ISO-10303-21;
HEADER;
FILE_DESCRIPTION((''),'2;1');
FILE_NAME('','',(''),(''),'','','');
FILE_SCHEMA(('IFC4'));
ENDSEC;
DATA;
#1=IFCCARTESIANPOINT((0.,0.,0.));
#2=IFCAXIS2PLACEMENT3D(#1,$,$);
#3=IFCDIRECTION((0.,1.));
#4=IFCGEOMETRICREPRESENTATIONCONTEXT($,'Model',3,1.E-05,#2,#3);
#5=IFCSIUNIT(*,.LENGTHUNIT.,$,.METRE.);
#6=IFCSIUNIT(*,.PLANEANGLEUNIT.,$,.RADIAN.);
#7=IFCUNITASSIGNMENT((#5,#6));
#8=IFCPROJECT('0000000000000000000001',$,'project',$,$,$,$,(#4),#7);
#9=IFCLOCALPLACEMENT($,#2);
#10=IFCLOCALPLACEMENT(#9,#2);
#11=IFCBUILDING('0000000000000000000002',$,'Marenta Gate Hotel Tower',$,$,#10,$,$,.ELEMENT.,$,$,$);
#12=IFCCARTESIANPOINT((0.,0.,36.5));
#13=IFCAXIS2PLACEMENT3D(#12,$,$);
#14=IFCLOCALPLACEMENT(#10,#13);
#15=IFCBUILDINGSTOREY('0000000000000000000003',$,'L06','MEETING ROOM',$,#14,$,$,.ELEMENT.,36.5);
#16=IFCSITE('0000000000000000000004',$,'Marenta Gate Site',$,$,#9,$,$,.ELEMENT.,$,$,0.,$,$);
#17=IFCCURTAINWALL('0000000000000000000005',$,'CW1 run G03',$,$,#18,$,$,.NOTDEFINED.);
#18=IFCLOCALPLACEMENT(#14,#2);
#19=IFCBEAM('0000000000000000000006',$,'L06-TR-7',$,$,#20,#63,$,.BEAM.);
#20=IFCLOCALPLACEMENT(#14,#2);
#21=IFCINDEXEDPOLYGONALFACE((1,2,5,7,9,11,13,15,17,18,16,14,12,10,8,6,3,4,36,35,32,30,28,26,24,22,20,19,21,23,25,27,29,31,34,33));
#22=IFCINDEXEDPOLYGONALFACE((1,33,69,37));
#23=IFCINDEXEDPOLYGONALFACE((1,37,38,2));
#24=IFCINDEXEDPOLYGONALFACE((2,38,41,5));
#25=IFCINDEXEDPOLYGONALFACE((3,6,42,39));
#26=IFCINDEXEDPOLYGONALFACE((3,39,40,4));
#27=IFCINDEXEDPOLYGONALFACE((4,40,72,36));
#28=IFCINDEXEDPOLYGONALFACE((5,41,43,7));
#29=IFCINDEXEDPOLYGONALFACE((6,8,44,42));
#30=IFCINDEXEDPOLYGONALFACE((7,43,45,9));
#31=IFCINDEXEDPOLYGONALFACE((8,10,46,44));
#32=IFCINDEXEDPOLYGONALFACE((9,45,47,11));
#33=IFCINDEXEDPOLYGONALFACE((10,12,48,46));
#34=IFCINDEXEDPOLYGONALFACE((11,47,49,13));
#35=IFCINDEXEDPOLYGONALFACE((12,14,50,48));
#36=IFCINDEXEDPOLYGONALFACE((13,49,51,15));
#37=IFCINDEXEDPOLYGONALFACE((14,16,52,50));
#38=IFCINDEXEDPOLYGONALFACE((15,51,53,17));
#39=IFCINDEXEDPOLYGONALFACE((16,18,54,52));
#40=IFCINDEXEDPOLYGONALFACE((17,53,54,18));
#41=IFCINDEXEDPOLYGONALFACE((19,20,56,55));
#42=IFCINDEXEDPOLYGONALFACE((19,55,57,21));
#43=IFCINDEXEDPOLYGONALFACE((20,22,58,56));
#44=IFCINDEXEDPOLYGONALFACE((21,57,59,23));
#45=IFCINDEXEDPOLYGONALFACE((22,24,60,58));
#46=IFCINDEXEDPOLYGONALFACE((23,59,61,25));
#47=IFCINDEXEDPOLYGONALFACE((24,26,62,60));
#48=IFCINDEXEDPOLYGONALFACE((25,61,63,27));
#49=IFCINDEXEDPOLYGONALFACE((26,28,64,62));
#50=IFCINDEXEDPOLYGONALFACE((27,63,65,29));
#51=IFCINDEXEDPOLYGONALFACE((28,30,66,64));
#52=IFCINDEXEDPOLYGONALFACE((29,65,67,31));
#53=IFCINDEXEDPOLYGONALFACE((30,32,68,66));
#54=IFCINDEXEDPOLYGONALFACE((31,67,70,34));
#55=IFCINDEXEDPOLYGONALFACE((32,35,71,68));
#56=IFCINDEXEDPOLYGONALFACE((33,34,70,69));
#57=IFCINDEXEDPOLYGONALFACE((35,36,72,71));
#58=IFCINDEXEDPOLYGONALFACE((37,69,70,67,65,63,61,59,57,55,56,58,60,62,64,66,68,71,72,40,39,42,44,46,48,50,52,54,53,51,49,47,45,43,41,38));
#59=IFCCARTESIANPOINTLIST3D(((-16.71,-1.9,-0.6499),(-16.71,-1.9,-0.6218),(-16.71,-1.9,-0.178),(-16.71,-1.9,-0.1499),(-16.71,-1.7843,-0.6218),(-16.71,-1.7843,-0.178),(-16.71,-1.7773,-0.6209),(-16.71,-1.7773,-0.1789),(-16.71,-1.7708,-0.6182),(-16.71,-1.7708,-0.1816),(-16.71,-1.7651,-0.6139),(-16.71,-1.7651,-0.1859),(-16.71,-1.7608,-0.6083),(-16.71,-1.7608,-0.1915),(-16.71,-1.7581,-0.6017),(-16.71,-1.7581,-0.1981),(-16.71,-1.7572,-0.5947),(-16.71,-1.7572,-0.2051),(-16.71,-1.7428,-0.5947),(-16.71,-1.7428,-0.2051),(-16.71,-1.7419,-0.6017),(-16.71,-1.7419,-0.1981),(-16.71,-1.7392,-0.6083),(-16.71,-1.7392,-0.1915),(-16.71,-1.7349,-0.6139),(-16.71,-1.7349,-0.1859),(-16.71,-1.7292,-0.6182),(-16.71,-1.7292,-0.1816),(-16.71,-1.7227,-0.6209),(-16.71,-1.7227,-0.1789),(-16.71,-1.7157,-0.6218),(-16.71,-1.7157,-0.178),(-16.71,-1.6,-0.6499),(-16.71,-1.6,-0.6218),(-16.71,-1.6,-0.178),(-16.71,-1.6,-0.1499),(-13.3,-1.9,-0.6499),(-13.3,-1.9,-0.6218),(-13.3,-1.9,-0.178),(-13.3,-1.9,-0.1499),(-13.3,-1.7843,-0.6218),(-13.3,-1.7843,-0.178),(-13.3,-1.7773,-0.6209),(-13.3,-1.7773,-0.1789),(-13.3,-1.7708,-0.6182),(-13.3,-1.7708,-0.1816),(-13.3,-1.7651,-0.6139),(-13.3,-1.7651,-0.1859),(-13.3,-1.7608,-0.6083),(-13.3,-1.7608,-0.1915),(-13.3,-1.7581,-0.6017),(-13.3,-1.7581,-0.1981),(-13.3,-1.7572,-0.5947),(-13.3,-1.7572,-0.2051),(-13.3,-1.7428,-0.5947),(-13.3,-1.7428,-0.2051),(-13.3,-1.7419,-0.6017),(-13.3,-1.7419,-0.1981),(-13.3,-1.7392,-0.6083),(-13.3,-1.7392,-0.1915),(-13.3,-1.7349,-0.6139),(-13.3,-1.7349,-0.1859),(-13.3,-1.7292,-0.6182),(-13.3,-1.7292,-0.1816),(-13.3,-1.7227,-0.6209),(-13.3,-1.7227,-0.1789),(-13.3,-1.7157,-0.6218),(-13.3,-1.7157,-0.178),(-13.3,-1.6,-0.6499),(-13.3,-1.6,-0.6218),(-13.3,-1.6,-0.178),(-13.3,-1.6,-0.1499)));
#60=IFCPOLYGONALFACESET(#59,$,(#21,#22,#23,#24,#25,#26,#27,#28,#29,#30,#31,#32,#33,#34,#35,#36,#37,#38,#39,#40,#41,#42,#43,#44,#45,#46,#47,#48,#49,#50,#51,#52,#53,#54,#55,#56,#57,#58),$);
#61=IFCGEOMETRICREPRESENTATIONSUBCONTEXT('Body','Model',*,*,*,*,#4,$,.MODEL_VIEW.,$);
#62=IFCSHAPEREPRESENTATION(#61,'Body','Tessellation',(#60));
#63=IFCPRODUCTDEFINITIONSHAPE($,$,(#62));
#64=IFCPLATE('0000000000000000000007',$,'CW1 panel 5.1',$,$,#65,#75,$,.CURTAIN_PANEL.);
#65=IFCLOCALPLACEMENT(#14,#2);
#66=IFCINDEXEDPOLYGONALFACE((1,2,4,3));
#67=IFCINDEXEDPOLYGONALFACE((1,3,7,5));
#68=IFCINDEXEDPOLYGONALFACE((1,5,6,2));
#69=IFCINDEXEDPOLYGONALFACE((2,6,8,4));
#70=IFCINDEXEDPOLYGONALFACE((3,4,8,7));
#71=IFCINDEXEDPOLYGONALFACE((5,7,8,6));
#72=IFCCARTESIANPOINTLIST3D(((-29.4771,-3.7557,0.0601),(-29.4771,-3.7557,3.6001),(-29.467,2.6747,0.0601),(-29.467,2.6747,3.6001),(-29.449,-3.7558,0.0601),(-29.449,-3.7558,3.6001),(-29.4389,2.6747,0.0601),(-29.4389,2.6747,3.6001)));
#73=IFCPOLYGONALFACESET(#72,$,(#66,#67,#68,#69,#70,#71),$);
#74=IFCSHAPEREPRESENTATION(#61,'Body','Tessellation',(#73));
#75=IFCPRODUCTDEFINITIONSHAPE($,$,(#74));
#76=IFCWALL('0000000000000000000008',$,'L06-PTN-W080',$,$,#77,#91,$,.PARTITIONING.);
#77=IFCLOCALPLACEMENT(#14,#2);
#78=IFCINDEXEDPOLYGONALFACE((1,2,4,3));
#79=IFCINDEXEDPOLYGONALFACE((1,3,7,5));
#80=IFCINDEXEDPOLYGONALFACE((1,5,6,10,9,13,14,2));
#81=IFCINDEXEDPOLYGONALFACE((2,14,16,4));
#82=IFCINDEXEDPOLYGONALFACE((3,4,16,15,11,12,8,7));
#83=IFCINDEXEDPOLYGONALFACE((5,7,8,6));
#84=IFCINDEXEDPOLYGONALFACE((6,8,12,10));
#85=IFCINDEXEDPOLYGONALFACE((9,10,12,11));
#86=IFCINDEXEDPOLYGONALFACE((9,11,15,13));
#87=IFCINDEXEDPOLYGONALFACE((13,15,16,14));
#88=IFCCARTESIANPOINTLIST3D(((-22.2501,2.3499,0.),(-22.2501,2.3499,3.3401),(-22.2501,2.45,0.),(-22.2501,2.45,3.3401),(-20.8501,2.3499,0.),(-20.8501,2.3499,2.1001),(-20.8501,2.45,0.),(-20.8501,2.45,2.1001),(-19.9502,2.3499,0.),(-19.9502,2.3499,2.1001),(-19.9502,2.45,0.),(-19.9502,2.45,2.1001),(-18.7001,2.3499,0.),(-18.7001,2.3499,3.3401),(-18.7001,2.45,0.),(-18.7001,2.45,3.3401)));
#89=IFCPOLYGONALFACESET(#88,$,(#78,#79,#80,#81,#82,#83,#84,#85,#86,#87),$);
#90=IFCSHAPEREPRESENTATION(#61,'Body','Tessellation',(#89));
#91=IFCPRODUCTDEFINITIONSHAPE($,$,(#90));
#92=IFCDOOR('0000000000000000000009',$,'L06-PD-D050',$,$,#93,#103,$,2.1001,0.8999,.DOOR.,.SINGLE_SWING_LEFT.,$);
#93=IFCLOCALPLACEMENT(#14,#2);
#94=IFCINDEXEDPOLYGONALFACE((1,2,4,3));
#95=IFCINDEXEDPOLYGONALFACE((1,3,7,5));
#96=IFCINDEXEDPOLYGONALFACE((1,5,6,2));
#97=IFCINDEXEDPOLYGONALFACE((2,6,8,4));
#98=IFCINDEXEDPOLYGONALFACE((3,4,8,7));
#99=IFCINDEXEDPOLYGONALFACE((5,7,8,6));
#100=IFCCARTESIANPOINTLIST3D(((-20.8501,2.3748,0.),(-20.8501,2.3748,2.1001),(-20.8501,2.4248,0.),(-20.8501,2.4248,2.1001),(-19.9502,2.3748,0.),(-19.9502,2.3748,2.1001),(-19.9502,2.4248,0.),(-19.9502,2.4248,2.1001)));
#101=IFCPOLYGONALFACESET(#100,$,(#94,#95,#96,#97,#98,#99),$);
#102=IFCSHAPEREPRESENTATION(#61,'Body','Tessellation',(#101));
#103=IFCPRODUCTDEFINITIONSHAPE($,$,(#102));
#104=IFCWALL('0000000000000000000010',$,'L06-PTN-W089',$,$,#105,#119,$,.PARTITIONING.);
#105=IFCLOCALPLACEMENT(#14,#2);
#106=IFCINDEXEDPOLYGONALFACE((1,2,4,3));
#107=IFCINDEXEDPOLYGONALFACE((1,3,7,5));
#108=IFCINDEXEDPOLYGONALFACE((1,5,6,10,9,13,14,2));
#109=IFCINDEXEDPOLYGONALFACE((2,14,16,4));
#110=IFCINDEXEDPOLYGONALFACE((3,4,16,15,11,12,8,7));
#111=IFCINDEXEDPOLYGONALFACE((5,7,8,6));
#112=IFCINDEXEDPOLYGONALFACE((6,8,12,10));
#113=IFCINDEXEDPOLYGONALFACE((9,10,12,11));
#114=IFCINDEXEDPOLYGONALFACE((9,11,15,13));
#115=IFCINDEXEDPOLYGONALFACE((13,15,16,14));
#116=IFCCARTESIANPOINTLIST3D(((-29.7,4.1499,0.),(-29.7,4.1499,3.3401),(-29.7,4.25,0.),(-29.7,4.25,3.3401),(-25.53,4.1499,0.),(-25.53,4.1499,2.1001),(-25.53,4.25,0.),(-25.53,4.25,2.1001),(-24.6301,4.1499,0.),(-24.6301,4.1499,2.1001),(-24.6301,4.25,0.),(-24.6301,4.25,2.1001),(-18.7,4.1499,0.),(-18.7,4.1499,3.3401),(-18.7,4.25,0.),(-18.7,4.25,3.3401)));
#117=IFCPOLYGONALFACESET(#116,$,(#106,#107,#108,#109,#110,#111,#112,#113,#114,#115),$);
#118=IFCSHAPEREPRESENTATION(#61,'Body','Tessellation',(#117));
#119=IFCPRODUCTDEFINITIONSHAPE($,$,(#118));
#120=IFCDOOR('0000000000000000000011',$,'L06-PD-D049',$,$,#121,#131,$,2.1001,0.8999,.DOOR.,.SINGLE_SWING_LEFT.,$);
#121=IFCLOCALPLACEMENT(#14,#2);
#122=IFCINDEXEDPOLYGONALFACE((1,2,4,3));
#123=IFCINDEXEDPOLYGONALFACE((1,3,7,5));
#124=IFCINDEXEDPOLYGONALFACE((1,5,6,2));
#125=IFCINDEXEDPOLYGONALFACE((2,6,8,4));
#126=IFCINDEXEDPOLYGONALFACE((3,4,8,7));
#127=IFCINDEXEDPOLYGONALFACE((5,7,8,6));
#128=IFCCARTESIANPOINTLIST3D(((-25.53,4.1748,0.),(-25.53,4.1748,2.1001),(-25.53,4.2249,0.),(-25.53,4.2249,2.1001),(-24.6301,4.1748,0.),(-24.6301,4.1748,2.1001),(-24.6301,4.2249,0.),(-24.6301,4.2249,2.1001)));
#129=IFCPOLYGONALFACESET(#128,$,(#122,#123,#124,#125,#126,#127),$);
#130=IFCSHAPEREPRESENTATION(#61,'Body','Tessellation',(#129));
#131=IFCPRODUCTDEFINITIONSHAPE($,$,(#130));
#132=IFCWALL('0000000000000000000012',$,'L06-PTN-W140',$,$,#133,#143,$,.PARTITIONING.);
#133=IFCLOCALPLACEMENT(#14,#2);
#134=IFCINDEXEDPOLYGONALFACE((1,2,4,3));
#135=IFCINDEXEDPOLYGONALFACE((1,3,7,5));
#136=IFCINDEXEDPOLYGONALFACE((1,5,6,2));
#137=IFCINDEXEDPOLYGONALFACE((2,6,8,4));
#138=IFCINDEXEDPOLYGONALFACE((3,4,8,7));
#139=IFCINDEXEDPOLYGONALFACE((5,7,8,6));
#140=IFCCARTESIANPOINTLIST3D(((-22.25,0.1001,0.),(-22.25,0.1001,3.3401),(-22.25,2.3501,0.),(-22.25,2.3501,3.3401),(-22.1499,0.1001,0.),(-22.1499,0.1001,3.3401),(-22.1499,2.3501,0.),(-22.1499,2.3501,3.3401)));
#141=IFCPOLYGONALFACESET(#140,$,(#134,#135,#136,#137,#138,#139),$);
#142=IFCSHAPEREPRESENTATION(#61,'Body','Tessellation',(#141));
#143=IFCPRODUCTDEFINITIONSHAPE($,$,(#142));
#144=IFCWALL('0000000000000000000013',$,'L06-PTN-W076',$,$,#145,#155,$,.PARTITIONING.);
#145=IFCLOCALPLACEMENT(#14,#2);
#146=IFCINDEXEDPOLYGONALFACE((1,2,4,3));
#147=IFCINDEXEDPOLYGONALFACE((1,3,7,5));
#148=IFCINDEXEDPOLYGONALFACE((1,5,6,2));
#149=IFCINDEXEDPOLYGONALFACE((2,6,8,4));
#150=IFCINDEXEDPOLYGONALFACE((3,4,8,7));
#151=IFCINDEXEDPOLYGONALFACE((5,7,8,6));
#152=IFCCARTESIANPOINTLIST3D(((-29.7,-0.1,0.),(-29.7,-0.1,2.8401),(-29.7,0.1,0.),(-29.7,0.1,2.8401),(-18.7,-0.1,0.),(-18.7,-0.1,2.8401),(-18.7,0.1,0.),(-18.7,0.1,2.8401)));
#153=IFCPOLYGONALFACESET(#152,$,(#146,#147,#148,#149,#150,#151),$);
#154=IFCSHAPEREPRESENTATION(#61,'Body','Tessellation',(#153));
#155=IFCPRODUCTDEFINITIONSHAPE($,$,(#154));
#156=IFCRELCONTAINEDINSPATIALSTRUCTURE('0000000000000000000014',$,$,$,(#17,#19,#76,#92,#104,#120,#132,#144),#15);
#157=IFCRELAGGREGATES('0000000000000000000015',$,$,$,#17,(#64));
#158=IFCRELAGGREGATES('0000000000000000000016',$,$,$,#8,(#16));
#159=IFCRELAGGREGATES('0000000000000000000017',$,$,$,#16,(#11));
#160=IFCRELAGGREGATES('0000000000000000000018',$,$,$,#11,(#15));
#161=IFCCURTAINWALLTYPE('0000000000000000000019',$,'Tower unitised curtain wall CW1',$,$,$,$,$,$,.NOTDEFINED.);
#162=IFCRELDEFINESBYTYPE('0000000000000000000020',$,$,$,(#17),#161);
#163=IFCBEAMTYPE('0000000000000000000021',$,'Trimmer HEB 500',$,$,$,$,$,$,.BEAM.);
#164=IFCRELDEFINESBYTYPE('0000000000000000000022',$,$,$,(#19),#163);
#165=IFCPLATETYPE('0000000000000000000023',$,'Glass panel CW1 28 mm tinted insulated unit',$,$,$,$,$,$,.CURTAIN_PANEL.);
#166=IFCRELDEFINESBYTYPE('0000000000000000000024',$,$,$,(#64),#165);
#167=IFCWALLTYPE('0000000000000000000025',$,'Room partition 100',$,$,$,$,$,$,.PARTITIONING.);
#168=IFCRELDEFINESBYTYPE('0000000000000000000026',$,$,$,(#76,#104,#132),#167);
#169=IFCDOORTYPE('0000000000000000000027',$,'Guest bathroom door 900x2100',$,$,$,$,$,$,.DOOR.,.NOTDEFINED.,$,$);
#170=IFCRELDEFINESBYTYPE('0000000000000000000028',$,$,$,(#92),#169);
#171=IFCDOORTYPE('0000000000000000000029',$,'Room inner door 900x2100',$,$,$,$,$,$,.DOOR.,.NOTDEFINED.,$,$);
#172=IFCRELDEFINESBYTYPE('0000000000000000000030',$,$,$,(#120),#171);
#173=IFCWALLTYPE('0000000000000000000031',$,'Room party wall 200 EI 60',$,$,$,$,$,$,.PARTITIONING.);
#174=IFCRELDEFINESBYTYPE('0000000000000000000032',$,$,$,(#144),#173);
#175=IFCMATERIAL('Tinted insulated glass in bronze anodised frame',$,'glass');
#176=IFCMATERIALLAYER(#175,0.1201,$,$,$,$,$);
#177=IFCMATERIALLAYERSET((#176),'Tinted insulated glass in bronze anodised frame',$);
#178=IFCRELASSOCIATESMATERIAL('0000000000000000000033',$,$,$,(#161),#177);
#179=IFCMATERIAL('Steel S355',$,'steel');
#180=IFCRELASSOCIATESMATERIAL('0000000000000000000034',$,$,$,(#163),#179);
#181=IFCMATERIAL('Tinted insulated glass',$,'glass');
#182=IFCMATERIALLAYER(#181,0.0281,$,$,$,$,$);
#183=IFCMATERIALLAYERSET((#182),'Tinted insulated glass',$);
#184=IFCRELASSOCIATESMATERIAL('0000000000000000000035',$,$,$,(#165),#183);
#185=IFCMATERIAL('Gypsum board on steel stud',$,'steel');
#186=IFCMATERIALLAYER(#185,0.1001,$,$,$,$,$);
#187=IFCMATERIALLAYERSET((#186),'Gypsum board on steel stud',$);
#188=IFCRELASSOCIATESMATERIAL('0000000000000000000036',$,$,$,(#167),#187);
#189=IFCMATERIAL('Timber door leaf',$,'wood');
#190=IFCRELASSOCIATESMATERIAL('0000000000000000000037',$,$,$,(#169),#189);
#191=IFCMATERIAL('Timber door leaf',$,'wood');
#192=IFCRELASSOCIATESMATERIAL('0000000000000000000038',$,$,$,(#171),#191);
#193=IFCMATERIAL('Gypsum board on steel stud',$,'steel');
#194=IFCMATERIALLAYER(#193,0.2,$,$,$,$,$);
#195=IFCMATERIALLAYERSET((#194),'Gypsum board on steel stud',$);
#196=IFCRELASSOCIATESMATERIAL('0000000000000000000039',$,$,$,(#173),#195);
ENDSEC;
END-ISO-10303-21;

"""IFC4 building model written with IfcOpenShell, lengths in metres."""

from ifc_helpers import new_model, si_unit, direction, frame, frame_2d, origin, origin_2d, place, context, subcontext, project, spatial, rectangle, i_section, extrude, material, layer, layer_set, material_profile, profile_set, type_object, element, fill, aggregate, save


model = new_model("IFC4")

# Units and contexts
model_context = context("Model", 3, precision=1e-05, world=origin(), true_north=direction((0.0, 1.0)))
body_context = subcontext(model_context, "Body", "Model", "MODEL_VIEW")
ifc_project = project(units=[si_unit("LENGTHUNIT", "METRE"), si_unit("PLANEANGLEUNIT", "RADIAN")], contexts=[model_context])

# Site, building, storey
site_placement = place(None, origin())
site = spatial("IfcSite", under=ifc_project, at=site_placement, Name="Marenta Gate Site", CompositionType="ELEMENT", RefElevation=0.0)
building_placement = place(site_placement, origin())
building = spatial("IfcBuilding", under=site, at=building_placement, Name="Marenta Gate Hotel Tower", CompositionType="ELEMENT")
storey_placement = place(building_placement, frame((0.0, 0.0, 36.5)))
storey = spatial("IfcBuildingStorey", under=building, at=storey_placement, Name="L06", Description="MEETING ROOM", CompositionType="ELEMENT", Elevation=36.5)

# Curtain wall
ifc_material_1 = material(Name="Tinted insulated glass in bronze anodised frame", Category="glass")
ifc_layer_1 = layer(ifc_material_1, 0.1201)
ifc_layer_set_1 = layer_set([ifc_layer_1], Name="Tinted insulated glass in bronze anodised frame")
curtain_wall_type = type_object("IfcCurtainWallType", Name="Tower unitised curtain wall CW1", PredefinedType="NOTDEFINED", material=ifc_layer_set_1)
curtain_wall_placement = place(storey_placement, origin())
curtain_wall = element("IfcCurtainWall", 1, at=curtain_wall_placement, inside=storey, type_object=curtain_wall_type, Name="CW1 run G03", PredefinedType="NOTDEFINED")

# Beam
ifc_material_2 = material(Name="Steel S355", Category="steel")
ifc_material_profile_1 = material_profile(ifc_material_2, i_section(OverallWidth=0.3, OverallDepth=0.5, WebThickness=0.0144, FlangeThickness=0.0281, FilletRadius=0.0271, at=origin_2d()), Name="HEB 500")
ifc_profile_set_1 = profile_set([ifc_material_profile_1], Name="Steel S355")
beam_type_1 = type_object("IfcBeamType", Name="Trimmer HEB 500", PredefinedType="BEAM", material=ifc_profile_set_1)
beam_1_placement = place(storey_placement, frame((-16.71, -1.75, -0.3999), z_axis=(1.0, 0.0, 0.0), x_axis=(0.0, 1.0, 0.0)))
element("IfcBeam", 2, at=beam_1_placement, inside=storey, type_object=beam_type_1, Name="L06-TR-7", PredefinedType="BEAM", context=body_context, shape_type="SweptSolid", body=[
    extrude(i_section(OverallWidth=0.3, OverallDepth=0.5, WebThickness=0.0144, FlangeThickness=0.0281, FilletRadius=0.0271, at=origin_2d()), origin(), (0.0, 0.0, 1.0), 3.4099),
])

# Plate
ifc_material_3 = material(Name="Tinted insulated glass", Category="glass")
ifc_layer_2 = layer(ifc_material_3, 0.0281)
ifc_layer_set_2 = layer_set([ifc_layer_2], Name="Tinted insulated glass")
plate_type = type_object("IfcPlateType", Name="Glass panel CW1 28 mm tinted insulated unit", PredefinedType="CURTAIN_PANEL", material=ifc_layer_set_2)
plate_placement = place(storey_placement, frame((-29.458, -0.5405, 0.0601), z_axis=(0.0, 0.0, 1.0), x_axis=(-0.001566, -0.999999, 0.0)))
plate = element("IfcPlate", 3, at=plate_placement, type_object=plate_type, Name="CW1 panel 5.1", PredefinedType="CURTAIN_PANEL", context=body_context, shape_type="SweptSolid", body=[
    extrude(rectangle(XDim=6.4304, YDim=0.0281, at=origin_2d()), origin(), (0.0, 0.0, 1.0), 3.54),
])
aggregate(curtain_wall, [plate])

# Walls, openings, doors
ifc_material_4 = material(Name="Gypsum board on steel stud", Category="steel")
ifc_layer_3 = layer(ifc_material_4, 0.1001)
ifc_layer_set_3 = layer_set([ifc_layer_3], Name="Gypsum board on steel stud")
wall_type_1 = type_object("IfcWallType", Name="Room partition 100", PredefinedType="PARTITIONING", material=ifc_layer_set_3)
wall_1_placement = place(storey_placement, frame((-22.25, 2.3999, 0.0), z_axis=(0.0, 0.0, 1.0), x_axis=(1.0, 0.0, 0.0)))
wall_1 = element("IfcWall", 4, at=wall_1_placement, inside=storey, type_object=wall_type_1, Name="L06-PTN-W080", PredefinedType="PARTITIONING", context=body_context, shape_type="SweptSolid", body=[
    extrude(rectangle(XDim=3.55, YDim=0.1001, at=frame_2d((1.7749, 0.0))), origin(), (0.0, 0.0, 1.0), 3.3401),
])
opening_1_placement = place(wall_1_placement, frame((1.3999, 0.0, 0.0)))
opening_1 = element("IfcOpeningElement", 5, at=opening_1_placement, cuts=wall_1, PredefinedType="OPENING", context=body_context, shape_type="SweptSolid", body=[
    extrude(rectangle(XDim=0.8999, YDim=2.1001, at=frame_2d((0.45, 1.05))), frame((0.0, 0.05, 0.0), z_axis=(0.0, -1.0, 0.0), x_axis=(1.0, 0.0, 0.0)), (0.0, 0.0, 1.0), 0.1001),
])
ifc_material_5 = material(Name="Timber door leaf", Category="wood")
door_type_1 = type_object("IfcDoorType", Name="Guest bathroom door 900x2100", OperationType="NOTDEFINED", PredefinedType="DOOR", material=ifc_material_5)
door_1_placement = place(opening_1_placement, origin())
door_1 = element("IfcDoor", 6, at=door_1_placement, inside=storey, type_object=door_type_1, Name="L06-PD-D050", OperationType="SINGLE_SWING_LEFT", OverallHeight=2.1001, OverallWidth=0.8999, PredefinedType="DOOR", context=body_context, shape_type="SweptSolid", body=[
    extrude(rectangle(XDim=0.8999, YDim=2.1001, at=frame_2d((0.45, 1.05))), frame((0.0, 0.0249, 0.0), z_axis=(0.0, -1.0, 0.0), x_axis=(1.0, 0.0, 0.0)), (0.0, 0.0, 1.0), 0.05),
])
fill(opening_1, door_1)
wall_2_placement = place(storey_placement, frame((-29.7, 4.2, 0.0), z_axis=(0.0, 0.0, 1.0), x_axis=(1.0, 0.0, 0.0)))
wall_2 = element("IfcWall", 7, at=wall_2_placement, inside=storey, type_object=wall_type_1, Name="L06-PTN-W089", PredefinedType="PARTITIONING", context=body_context, shape_type="SweptSolid", body=[
    extrude(rectangle(XDim=11.0, YDim=0.1001, at=frame_2d((5.5, 0.0))), origin(), (0.0, 0.0, 1.0), 3.3401),
])
opening_2_placement = place(wall_2_placement, frame((4.1699, 0.0, 0.0)))
opening_2 = element("IfcOpeningElement", 8, at=opening_2_placement, cuts=wall_2, PredefinedType="OPENING", context=body_context, shape_type="SweptSolid", body=[
    extrude(rectangle(XDim=0.8999, YDim=2.1001, at=frame_2d((0.45, 1.05))), frame((0.0, 0.05, 0.0), z_axis=(0.0, -1.0, 0.0), x_axis=(1.0, 0.0, 0.0)), (0.0, 0.0, 1.0), 0.1001),
])
ifc_material_6 = material(Name="Timber door leaf", Category="wood")
door_type_2 = type_object("IfcDoorType", Name="Room inner door 900x2100", OperationType="NOTDEFINED", PredefinedType="DOOR", material=ifc_material_6)
door_2_placement = place(opening_2_placement, origin())
door_2 = element("IfcDoor", 9, at=door_2_placement, inside=storey, type_object=door_type_2, Name="L06-PD-D049", OperationType="SINGLE_SWING_LEFT", OverallHeight=2.1001, OverallWidth=0.8999, PredefinedType="DOOR", context=body_context, shape_type="SweptSolid", body=[
    extrude(rectangle(XDim=0.8999, YDim=2.1001, at=frame_2d((0.45, 1.05))), frame((0.0, 0.0249, 0.0), z_axis=(0.0, -1.0, 0.0), x_axis=(1.0, 0.0, 0.0)), (0.0, 0.0, 1.0), 0.05),
])
fill(opening_2, door_2)

# Walls
wall_3_placement = place(storey_placement, frame((-22.2, 0.1001, 0.0), z_axis=(0.0, 0.0, 1.0), x_axis=(0.0, 1.0, 0.0)))
element("IfcWall", 10, at=wall_3_placement, inside=storey, type_object=wall_type_1, Name="L06-PTN-W140", PredefinedType="PARTITIONING", context=body_context, shape_type="SweptSolid", body=[
    extrude(rectangle(XDim=2.25, YDim=0.1001, at=frame_2d((1.125, 0.0))), origin(), (0.0, 0.0, 1.0), 3.3401),
])
ifc_material_7 = material(Name="Gypsum board on steel stud", Category="steel")
ifc_layer_4 = layer(ifc_material_7, 0.2)
ifc_layer_set_4 = layer_set([ifc_layer_4], Name="Gypsum board on steel stud")
wall_type_2 = type_object("IfcWallType", Name="Room party wall 200 EI 60", PredefinedType="PARTITIONING", material=ifc_layer_set_4)
wall_4_placement = place(storey_placement, frame((-29.7, 0.0, 0.0), z_axis=(0.0, 0.0, 1.0), x_axis=(1.0, 0.0, 0.0)))
element("IfcWall", 11, at=wall_4_placement, inside=storey, type_object=wall_type_2, Name="L06-PTN-W076", PredefinedType="PARTITIONING", context=body_context, shape_type="SweptSolid", body=[
    extrude(rectangle(XDim=11.0, YDim=0.2, at=frame_2d((5.5, 0.0))), origin(), (0.0, 0.0, 1.0), 2.8401),
])

save(model, "model.ifc")
